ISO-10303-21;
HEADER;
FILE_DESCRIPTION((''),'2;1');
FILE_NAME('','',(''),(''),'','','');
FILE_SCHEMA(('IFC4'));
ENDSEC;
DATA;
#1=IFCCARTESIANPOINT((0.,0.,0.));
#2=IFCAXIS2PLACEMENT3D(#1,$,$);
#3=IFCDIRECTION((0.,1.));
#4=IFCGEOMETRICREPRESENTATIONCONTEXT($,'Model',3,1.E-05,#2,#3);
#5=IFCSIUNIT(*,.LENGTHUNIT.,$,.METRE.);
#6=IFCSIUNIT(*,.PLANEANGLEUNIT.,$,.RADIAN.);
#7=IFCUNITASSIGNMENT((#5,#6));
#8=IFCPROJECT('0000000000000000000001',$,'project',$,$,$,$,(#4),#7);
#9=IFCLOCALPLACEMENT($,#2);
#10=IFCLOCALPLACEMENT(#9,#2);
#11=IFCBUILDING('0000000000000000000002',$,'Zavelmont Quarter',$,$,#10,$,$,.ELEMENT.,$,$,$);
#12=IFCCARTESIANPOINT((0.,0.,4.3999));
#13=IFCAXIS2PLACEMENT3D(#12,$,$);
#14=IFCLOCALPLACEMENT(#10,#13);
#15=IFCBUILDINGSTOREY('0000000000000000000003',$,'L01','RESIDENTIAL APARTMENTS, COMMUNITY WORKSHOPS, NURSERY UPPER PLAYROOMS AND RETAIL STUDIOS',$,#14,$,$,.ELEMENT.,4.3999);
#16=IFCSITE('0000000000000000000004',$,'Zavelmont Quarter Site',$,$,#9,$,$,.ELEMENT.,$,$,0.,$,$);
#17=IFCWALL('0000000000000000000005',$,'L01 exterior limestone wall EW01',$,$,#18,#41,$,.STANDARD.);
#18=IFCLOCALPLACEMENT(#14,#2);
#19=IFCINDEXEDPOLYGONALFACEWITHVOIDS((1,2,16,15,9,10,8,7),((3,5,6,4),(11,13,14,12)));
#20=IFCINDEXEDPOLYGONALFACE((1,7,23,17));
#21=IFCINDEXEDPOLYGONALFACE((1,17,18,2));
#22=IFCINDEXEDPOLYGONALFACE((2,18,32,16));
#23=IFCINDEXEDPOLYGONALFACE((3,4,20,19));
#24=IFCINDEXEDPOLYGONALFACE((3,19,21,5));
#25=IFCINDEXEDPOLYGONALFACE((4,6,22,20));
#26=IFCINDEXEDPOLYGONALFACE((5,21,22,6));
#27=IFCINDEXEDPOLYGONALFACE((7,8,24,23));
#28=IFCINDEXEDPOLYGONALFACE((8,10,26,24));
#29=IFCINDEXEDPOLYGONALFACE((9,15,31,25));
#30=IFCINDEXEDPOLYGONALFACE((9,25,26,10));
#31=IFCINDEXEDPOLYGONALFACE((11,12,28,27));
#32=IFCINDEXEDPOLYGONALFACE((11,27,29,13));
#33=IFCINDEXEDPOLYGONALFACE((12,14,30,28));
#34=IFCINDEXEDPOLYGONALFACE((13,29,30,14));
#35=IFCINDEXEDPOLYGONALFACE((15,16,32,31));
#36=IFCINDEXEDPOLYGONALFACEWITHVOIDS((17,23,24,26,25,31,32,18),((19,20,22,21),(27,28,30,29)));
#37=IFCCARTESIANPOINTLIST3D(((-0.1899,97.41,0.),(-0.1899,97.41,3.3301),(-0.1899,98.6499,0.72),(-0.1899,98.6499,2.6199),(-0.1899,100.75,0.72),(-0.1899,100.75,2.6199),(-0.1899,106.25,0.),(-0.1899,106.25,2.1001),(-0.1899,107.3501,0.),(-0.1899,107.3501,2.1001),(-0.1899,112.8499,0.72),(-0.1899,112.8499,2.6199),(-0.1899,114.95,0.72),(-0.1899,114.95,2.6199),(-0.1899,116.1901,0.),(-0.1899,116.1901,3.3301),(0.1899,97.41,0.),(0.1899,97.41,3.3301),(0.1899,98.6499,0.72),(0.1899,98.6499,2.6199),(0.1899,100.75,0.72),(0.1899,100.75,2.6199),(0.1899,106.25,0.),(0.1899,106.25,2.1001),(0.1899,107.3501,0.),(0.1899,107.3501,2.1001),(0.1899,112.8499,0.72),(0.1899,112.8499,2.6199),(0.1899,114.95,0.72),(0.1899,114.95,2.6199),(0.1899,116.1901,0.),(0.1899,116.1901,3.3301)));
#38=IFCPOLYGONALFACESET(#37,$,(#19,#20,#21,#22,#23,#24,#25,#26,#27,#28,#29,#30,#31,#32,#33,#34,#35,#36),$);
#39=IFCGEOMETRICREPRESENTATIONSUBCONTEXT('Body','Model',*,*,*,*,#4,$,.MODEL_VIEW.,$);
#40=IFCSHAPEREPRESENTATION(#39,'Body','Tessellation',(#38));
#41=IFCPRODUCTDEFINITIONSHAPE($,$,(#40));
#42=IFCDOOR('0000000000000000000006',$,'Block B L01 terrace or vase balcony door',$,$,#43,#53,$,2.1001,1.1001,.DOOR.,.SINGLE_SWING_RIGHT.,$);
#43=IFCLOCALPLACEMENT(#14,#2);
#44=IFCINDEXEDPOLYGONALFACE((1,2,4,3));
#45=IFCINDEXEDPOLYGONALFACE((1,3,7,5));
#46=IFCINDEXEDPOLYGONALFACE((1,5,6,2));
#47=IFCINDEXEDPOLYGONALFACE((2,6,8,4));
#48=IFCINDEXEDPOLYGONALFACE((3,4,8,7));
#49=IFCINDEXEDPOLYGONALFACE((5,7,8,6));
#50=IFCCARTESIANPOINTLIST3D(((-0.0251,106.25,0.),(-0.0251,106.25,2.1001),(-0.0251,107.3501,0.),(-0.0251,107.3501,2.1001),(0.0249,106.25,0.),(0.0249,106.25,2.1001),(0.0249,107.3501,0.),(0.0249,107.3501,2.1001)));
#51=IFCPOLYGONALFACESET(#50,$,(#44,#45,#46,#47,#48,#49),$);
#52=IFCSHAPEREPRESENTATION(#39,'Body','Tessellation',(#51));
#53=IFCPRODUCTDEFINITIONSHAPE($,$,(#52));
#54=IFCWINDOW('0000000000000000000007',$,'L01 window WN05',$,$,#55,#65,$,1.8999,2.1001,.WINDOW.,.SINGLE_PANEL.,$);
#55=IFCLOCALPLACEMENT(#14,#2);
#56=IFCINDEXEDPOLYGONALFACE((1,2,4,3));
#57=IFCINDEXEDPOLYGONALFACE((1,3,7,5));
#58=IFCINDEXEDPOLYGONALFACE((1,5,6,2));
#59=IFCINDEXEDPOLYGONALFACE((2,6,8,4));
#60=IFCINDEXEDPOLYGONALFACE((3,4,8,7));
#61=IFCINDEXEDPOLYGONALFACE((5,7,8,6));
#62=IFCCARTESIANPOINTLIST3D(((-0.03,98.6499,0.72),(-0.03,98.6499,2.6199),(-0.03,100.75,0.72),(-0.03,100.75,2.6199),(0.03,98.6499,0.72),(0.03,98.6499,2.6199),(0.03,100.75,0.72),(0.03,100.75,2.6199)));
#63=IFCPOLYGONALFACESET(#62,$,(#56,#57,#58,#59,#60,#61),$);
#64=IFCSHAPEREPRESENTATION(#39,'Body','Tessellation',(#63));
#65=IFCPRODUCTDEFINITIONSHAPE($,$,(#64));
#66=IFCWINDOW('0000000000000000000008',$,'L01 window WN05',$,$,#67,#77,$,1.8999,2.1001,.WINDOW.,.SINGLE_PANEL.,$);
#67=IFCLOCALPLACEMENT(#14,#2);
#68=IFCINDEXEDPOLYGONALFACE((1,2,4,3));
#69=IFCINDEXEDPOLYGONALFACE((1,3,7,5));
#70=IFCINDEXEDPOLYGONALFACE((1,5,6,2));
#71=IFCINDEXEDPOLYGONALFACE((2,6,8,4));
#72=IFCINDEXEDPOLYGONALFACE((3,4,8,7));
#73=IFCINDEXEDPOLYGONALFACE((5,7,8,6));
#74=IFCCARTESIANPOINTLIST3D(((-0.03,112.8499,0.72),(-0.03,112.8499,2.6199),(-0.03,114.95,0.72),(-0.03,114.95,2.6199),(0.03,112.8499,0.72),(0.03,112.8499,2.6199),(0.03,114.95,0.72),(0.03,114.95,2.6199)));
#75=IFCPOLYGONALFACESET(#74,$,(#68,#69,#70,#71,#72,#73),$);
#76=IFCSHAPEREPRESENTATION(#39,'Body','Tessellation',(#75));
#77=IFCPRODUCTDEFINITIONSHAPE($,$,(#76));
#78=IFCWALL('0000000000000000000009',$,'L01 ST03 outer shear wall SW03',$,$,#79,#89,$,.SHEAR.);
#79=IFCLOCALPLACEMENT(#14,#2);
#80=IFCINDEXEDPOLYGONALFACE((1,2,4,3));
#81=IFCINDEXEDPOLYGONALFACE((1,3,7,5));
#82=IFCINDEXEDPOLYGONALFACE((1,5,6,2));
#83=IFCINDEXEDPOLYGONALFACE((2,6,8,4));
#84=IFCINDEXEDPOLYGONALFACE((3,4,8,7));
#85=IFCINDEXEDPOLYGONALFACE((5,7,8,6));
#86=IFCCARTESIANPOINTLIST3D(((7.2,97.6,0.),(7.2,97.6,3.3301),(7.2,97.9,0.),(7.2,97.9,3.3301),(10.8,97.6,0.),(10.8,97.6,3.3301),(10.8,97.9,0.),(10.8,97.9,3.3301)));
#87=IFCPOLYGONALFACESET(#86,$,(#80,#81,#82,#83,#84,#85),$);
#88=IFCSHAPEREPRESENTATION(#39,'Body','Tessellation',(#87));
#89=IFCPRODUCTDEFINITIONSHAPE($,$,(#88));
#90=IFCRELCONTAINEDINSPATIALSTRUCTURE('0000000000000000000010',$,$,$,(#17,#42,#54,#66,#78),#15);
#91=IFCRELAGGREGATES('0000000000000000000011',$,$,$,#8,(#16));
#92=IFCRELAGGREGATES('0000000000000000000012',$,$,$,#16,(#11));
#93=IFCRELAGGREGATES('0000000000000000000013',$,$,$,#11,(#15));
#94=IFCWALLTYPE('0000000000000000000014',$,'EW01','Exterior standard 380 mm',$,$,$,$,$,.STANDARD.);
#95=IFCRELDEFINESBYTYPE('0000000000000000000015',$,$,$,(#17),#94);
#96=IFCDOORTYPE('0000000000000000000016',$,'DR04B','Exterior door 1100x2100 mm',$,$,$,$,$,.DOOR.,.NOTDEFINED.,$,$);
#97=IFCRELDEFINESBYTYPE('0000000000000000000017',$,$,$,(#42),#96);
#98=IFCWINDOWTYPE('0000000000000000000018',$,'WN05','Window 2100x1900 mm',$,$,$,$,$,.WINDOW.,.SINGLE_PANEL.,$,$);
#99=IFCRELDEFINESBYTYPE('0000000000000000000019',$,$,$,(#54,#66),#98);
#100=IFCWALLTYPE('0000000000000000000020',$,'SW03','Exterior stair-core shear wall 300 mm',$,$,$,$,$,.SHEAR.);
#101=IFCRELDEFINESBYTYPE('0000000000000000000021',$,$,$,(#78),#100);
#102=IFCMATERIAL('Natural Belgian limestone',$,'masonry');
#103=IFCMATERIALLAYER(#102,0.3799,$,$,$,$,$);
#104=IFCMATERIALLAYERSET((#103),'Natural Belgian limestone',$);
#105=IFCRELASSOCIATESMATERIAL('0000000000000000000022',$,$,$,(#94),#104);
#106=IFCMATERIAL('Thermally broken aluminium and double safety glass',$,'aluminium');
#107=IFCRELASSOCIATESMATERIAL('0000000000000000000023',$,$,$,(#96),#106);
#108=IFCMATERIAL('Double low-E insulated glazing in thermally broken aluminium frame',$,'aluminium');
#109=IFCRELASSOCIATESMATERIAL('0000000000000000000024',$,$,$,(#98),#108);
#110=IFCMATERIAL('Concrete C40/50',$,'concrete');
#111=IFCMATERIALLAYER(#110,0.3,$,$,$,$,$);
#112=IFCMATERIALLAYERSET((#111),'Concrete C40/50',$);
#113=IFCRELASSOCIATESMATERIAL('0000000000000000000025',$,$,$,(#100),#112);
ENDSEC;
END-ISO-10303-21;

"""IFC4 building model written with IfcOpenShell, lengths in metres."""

from ifc_helpers import new_model, si_unit, direction, frame, frame_2d, origin, origin_with_axes, place, context, subcontext, project, spatial, rectangle, extrude, material, layer, layer_set, type_object, element, fill, save


model = new_model("IFC4")

# Units and contexts
model_context = context("Model", 3, precision=1e-05, world=origin(), true_north=direction((0.0, 1.0)))
body_context = subcontext(model_context, "Body", "Model", "MODEL_VIEW")
ifc_project = project(units=[si_unit("LENGTHUNIT", "METRE"), si_unit("PLANEANGLEUNIT", "RADIAN")], contexts=[model_context])

# Site, building, storey
site_placement = place(None, origin())
site = spatial("IfcSite", under=ifc_project, at=site_placement, Name="Zavelmont Quarter Site", CompositionType="ELEMENT", RefElevation=0.0)
building_placement = place(site_placement, origin())
building = spatial("IfcBuilding", under=site, at=building_placement, Name="Zavelmont Quarter", CompositionType="ELEMENT")
storey_placement = place(building_placement, frame((0.0, 0.0, 4.3999)))
storey = spatial("IfcBuildingStorey", under=building, at=storey_placement, Name="L01", Description="RESIDENTIAL APARTMENTS, COMMUNITY WORKSHOPS, NURSERY UPPER PLAYROOMS AND RETAIL STUDIOS", CompositionType="ELEMENT", Elevation=4.3999)

# Shared definitions
ifc_material_1 = material(Name="Concrete C40/50", Category="concrete")

# Shared definitions
ifc_material_2 = material(Name="Natural Belgian limestone", Category="masonry")
ifc_layer_1 = layer(ifc_material_2, 0.3799)
ifc_layer_set_1 = layer_set([ifc_layer_1], Name="Natural Belgian limestone")
wall_type_1 = type_object("IfcWallType", Name="EW01", Description="Exterior standard 380 mm", PredefinedType="STANDARD", material=ifc_layer_set_1)
ifc_material_3 = material(Name="Double low-E insulated glazing in thermally broken aluminium frame", Category="aluminium")

# Wall, openings, door, windows
wall_1_placement = place(storey_placement, frame((0.0, 97.4099, 0.0), z_axis=(0.0, 0.0, 1.0), x_axis=(0.0, 1.0, 0.0)))
wall_1 = element("IfcWall", 1, at=wall_1_placement, inside=storey, type_object=wall_type_1, Name="L01 exterior limestone wall EW01", PredefinedType="STANDARD", context=body_context, shape_type="SweptSolid", body=[
    extrude(rectangle(XDim=18.78, YDim=0.3799, at=frame_2d((9.3901, 0.0))), origin(), (0.0, 0.0, 1.0), 3.3301),
])
opening_1_placement = place(wall_1_placement, frame((8.8401, 0.0, 0.0)))
opening_1 = element("IfcOpeningElement", 2, at=opening_1_placement, cuts=wall_1, PredefinedType="OPENING", context=body_context, shape_type="SweptSolid", body=[
    extrude(rectangle(XDim=1.1001, YDim=2.1001, at=frame_2d((0.55, 1.05))), frame((0.0, 0.2019, 0.0), z_axis=(0.0, -1.0, 0.0), x_axis=(1.0, 0.0, 0.0)), (0.0, 0.0, 1.0), 0.4038),
])
opening_2_placement = place(wall_1_placement, frame((1.24, 0.0, 0.72)))
opening_2 = element("IfcOpeningElement", 3, at=opening_2_placement, cuts=wall_1, PredefinedType="OPENING", context=body_context, shape_type="SweptSolid", body=[
    extrude(rectangle(XDim=2.1001, YDim=1.8999, at=frame_2d((1.05, 0.95))), frame((0.0, 0.2019, 0.0), z_axis=(0.0, -1.0, 0.0), x_axis=(1.0, 0.0, 0.0)), (0.0, 0.0, 1.0), 0.4038),
])
opening_3_placement = place(wall_1_placement, frame((15.4399, 0.0, 0.72)))
opening_3 = element("IfcOpeningElement", 4, at=opening_3_placement, cuts=wall_1, PredefinedType="OPENING", context=body_context, shape_type="SweptSolid", body=[
    extrude(rectangle(XDim=2.1001, YDim=1.8999, at=frame_2d((1.05, 0.95))), frame((0.0, 0.2019, 0.0), z_axis=(0.0, -1.0, 0.0), x_axis=(1.0, 0.0, 0.0)), (0.0, 0.0, 1.0), 0.4038),
])
ifc_material_4 = material(Name="Thermally broken aluminium and double safety glass", Category="aluminium")
door_type = type_object("IfcDoorType", Name="DR04B", Description="Exterior door 1100x2100 mm", OperationType="NOTDEFINED", PredefinedType="DOOR", material=ifc_material_4)
door_placement = place(opening_1_placement, frame((1.1001, 0.0, 0.0), z_axis=(0.0, 0.0, 1.0), x_axis=(-1.0, 0.0, 0.0)))
door = element("IfcDoor", 5, at=door_placement, inside=storey, type_object=door_type, Name="Block B L01 terrace or vase balcony door", OperationType="SINGLE_SWING_RIGHT", OverallHeight=2.1001, OverallWidth=1.1001, PredefinedType="DOOR", context=body_context, shape_type="SweptSolid", body=[
    extrude(rectangle(XDim=1.1001, YDim=2.1001, at=frame_2d((0.55, 1.05))), frame((0.0, 0.0249, 0.0), z_axis=(0.0, -1.0, 0.0), x_axis=(1.0, 0.0, 0.0)), (0.0, 0.0, 1.0), 0.05),
])
fill(opening_1, door)
window_type_1 = type_object("IfcWindowType", Name="WN05", Description="Window 2100x1900 mm", PartitioningType="SINGLE_PANEL", PredefinedType="WINDOW", material=ifc_material_3)
window_1_placement = place(opening_2_placement, origin_with_axes())
window_1 = element("IfcWindow", 6, at=window_1_placement, inside=storey, type_object=window_type_1, Name="L01 window WN05", OverallHeight=1.8999, OverallWidth=2.1001, PartitioningType="SINGLE_PANEL", PredefinedType="WINDOW", context=body_context, shape_type="SweptSolid", body=[
    extrude(rectangle(XDim=2.1001, YDim=1.8999, at=frame_2d((1.05, 0.95))), frame((0.0, 0.03, 0.0), z_axis=(0.0, -1.0, 0.0), x_axis=(1.0, 0.0, 0.0)), (0.0, 0.0, 1.0), 0.0601),
])
fill(opening_2, window_1)
window_2_placement = place(opening_3_placement, origin_with_axes())
window_2 = element("IfcWindow", 7, at=window_2_placement, inside=storey, type_object=window_type_1, Name="L01 window WN05", OverallHeight=1.8999, OverallWidth=2.1001, PartitioningType="SINGLE_PANEL", PredefinedType="WINDOW", context=body_context, shape_type="SweptSolid", body=[
    extrude(rectangle(XDim=2.1001, YDim=1.8999, at=frame_2d((1.05, 0.95))), frame((0.0, 0.03, 0.0), z_axis=(0.0, -1.0, 0.0), x_axis=(1.0, 0.0, 0.0)), (0.0, 0.0, 1.0), 0.0601),
])
fill(opening_3, window_2)

# Wall
ifc_layer_2 = layer(ifc_material_1, 0.3)
ifc_layer_set_2 = layer_set([ifc_layer_2], Name="Concrete C40/50")
wall_type_2 = type_object("IfcWallType", Name="SW03", Description="Exterior stair-core shear wall 300 mm", PredefinedType="SHEAR", material=ifc_layer_set_2)
wall_2_placement = place(storey_placement, frame((7.2, 97.75, 0.0), z_axis=(0.0, 0.0, 1.0), x_axis=(1.0, 0.0, 0.0)))
element("IfcWall", 8, at=wall_2_placement, inside=storey, type_object=wall_type_2, Name="L01 ST03 outer shear wall SW03", PredefinedType="SHEAR", context=body_context, shape_type="SweptSolid", body=[
    extrude(rectangle(XDim=3.6001, YDim=0.3, at=frame_2d((1.8, 0.0))), origin(), (0.0, 0.0, 1.0), 3.3301),
])

save(model, "model.ifc")
